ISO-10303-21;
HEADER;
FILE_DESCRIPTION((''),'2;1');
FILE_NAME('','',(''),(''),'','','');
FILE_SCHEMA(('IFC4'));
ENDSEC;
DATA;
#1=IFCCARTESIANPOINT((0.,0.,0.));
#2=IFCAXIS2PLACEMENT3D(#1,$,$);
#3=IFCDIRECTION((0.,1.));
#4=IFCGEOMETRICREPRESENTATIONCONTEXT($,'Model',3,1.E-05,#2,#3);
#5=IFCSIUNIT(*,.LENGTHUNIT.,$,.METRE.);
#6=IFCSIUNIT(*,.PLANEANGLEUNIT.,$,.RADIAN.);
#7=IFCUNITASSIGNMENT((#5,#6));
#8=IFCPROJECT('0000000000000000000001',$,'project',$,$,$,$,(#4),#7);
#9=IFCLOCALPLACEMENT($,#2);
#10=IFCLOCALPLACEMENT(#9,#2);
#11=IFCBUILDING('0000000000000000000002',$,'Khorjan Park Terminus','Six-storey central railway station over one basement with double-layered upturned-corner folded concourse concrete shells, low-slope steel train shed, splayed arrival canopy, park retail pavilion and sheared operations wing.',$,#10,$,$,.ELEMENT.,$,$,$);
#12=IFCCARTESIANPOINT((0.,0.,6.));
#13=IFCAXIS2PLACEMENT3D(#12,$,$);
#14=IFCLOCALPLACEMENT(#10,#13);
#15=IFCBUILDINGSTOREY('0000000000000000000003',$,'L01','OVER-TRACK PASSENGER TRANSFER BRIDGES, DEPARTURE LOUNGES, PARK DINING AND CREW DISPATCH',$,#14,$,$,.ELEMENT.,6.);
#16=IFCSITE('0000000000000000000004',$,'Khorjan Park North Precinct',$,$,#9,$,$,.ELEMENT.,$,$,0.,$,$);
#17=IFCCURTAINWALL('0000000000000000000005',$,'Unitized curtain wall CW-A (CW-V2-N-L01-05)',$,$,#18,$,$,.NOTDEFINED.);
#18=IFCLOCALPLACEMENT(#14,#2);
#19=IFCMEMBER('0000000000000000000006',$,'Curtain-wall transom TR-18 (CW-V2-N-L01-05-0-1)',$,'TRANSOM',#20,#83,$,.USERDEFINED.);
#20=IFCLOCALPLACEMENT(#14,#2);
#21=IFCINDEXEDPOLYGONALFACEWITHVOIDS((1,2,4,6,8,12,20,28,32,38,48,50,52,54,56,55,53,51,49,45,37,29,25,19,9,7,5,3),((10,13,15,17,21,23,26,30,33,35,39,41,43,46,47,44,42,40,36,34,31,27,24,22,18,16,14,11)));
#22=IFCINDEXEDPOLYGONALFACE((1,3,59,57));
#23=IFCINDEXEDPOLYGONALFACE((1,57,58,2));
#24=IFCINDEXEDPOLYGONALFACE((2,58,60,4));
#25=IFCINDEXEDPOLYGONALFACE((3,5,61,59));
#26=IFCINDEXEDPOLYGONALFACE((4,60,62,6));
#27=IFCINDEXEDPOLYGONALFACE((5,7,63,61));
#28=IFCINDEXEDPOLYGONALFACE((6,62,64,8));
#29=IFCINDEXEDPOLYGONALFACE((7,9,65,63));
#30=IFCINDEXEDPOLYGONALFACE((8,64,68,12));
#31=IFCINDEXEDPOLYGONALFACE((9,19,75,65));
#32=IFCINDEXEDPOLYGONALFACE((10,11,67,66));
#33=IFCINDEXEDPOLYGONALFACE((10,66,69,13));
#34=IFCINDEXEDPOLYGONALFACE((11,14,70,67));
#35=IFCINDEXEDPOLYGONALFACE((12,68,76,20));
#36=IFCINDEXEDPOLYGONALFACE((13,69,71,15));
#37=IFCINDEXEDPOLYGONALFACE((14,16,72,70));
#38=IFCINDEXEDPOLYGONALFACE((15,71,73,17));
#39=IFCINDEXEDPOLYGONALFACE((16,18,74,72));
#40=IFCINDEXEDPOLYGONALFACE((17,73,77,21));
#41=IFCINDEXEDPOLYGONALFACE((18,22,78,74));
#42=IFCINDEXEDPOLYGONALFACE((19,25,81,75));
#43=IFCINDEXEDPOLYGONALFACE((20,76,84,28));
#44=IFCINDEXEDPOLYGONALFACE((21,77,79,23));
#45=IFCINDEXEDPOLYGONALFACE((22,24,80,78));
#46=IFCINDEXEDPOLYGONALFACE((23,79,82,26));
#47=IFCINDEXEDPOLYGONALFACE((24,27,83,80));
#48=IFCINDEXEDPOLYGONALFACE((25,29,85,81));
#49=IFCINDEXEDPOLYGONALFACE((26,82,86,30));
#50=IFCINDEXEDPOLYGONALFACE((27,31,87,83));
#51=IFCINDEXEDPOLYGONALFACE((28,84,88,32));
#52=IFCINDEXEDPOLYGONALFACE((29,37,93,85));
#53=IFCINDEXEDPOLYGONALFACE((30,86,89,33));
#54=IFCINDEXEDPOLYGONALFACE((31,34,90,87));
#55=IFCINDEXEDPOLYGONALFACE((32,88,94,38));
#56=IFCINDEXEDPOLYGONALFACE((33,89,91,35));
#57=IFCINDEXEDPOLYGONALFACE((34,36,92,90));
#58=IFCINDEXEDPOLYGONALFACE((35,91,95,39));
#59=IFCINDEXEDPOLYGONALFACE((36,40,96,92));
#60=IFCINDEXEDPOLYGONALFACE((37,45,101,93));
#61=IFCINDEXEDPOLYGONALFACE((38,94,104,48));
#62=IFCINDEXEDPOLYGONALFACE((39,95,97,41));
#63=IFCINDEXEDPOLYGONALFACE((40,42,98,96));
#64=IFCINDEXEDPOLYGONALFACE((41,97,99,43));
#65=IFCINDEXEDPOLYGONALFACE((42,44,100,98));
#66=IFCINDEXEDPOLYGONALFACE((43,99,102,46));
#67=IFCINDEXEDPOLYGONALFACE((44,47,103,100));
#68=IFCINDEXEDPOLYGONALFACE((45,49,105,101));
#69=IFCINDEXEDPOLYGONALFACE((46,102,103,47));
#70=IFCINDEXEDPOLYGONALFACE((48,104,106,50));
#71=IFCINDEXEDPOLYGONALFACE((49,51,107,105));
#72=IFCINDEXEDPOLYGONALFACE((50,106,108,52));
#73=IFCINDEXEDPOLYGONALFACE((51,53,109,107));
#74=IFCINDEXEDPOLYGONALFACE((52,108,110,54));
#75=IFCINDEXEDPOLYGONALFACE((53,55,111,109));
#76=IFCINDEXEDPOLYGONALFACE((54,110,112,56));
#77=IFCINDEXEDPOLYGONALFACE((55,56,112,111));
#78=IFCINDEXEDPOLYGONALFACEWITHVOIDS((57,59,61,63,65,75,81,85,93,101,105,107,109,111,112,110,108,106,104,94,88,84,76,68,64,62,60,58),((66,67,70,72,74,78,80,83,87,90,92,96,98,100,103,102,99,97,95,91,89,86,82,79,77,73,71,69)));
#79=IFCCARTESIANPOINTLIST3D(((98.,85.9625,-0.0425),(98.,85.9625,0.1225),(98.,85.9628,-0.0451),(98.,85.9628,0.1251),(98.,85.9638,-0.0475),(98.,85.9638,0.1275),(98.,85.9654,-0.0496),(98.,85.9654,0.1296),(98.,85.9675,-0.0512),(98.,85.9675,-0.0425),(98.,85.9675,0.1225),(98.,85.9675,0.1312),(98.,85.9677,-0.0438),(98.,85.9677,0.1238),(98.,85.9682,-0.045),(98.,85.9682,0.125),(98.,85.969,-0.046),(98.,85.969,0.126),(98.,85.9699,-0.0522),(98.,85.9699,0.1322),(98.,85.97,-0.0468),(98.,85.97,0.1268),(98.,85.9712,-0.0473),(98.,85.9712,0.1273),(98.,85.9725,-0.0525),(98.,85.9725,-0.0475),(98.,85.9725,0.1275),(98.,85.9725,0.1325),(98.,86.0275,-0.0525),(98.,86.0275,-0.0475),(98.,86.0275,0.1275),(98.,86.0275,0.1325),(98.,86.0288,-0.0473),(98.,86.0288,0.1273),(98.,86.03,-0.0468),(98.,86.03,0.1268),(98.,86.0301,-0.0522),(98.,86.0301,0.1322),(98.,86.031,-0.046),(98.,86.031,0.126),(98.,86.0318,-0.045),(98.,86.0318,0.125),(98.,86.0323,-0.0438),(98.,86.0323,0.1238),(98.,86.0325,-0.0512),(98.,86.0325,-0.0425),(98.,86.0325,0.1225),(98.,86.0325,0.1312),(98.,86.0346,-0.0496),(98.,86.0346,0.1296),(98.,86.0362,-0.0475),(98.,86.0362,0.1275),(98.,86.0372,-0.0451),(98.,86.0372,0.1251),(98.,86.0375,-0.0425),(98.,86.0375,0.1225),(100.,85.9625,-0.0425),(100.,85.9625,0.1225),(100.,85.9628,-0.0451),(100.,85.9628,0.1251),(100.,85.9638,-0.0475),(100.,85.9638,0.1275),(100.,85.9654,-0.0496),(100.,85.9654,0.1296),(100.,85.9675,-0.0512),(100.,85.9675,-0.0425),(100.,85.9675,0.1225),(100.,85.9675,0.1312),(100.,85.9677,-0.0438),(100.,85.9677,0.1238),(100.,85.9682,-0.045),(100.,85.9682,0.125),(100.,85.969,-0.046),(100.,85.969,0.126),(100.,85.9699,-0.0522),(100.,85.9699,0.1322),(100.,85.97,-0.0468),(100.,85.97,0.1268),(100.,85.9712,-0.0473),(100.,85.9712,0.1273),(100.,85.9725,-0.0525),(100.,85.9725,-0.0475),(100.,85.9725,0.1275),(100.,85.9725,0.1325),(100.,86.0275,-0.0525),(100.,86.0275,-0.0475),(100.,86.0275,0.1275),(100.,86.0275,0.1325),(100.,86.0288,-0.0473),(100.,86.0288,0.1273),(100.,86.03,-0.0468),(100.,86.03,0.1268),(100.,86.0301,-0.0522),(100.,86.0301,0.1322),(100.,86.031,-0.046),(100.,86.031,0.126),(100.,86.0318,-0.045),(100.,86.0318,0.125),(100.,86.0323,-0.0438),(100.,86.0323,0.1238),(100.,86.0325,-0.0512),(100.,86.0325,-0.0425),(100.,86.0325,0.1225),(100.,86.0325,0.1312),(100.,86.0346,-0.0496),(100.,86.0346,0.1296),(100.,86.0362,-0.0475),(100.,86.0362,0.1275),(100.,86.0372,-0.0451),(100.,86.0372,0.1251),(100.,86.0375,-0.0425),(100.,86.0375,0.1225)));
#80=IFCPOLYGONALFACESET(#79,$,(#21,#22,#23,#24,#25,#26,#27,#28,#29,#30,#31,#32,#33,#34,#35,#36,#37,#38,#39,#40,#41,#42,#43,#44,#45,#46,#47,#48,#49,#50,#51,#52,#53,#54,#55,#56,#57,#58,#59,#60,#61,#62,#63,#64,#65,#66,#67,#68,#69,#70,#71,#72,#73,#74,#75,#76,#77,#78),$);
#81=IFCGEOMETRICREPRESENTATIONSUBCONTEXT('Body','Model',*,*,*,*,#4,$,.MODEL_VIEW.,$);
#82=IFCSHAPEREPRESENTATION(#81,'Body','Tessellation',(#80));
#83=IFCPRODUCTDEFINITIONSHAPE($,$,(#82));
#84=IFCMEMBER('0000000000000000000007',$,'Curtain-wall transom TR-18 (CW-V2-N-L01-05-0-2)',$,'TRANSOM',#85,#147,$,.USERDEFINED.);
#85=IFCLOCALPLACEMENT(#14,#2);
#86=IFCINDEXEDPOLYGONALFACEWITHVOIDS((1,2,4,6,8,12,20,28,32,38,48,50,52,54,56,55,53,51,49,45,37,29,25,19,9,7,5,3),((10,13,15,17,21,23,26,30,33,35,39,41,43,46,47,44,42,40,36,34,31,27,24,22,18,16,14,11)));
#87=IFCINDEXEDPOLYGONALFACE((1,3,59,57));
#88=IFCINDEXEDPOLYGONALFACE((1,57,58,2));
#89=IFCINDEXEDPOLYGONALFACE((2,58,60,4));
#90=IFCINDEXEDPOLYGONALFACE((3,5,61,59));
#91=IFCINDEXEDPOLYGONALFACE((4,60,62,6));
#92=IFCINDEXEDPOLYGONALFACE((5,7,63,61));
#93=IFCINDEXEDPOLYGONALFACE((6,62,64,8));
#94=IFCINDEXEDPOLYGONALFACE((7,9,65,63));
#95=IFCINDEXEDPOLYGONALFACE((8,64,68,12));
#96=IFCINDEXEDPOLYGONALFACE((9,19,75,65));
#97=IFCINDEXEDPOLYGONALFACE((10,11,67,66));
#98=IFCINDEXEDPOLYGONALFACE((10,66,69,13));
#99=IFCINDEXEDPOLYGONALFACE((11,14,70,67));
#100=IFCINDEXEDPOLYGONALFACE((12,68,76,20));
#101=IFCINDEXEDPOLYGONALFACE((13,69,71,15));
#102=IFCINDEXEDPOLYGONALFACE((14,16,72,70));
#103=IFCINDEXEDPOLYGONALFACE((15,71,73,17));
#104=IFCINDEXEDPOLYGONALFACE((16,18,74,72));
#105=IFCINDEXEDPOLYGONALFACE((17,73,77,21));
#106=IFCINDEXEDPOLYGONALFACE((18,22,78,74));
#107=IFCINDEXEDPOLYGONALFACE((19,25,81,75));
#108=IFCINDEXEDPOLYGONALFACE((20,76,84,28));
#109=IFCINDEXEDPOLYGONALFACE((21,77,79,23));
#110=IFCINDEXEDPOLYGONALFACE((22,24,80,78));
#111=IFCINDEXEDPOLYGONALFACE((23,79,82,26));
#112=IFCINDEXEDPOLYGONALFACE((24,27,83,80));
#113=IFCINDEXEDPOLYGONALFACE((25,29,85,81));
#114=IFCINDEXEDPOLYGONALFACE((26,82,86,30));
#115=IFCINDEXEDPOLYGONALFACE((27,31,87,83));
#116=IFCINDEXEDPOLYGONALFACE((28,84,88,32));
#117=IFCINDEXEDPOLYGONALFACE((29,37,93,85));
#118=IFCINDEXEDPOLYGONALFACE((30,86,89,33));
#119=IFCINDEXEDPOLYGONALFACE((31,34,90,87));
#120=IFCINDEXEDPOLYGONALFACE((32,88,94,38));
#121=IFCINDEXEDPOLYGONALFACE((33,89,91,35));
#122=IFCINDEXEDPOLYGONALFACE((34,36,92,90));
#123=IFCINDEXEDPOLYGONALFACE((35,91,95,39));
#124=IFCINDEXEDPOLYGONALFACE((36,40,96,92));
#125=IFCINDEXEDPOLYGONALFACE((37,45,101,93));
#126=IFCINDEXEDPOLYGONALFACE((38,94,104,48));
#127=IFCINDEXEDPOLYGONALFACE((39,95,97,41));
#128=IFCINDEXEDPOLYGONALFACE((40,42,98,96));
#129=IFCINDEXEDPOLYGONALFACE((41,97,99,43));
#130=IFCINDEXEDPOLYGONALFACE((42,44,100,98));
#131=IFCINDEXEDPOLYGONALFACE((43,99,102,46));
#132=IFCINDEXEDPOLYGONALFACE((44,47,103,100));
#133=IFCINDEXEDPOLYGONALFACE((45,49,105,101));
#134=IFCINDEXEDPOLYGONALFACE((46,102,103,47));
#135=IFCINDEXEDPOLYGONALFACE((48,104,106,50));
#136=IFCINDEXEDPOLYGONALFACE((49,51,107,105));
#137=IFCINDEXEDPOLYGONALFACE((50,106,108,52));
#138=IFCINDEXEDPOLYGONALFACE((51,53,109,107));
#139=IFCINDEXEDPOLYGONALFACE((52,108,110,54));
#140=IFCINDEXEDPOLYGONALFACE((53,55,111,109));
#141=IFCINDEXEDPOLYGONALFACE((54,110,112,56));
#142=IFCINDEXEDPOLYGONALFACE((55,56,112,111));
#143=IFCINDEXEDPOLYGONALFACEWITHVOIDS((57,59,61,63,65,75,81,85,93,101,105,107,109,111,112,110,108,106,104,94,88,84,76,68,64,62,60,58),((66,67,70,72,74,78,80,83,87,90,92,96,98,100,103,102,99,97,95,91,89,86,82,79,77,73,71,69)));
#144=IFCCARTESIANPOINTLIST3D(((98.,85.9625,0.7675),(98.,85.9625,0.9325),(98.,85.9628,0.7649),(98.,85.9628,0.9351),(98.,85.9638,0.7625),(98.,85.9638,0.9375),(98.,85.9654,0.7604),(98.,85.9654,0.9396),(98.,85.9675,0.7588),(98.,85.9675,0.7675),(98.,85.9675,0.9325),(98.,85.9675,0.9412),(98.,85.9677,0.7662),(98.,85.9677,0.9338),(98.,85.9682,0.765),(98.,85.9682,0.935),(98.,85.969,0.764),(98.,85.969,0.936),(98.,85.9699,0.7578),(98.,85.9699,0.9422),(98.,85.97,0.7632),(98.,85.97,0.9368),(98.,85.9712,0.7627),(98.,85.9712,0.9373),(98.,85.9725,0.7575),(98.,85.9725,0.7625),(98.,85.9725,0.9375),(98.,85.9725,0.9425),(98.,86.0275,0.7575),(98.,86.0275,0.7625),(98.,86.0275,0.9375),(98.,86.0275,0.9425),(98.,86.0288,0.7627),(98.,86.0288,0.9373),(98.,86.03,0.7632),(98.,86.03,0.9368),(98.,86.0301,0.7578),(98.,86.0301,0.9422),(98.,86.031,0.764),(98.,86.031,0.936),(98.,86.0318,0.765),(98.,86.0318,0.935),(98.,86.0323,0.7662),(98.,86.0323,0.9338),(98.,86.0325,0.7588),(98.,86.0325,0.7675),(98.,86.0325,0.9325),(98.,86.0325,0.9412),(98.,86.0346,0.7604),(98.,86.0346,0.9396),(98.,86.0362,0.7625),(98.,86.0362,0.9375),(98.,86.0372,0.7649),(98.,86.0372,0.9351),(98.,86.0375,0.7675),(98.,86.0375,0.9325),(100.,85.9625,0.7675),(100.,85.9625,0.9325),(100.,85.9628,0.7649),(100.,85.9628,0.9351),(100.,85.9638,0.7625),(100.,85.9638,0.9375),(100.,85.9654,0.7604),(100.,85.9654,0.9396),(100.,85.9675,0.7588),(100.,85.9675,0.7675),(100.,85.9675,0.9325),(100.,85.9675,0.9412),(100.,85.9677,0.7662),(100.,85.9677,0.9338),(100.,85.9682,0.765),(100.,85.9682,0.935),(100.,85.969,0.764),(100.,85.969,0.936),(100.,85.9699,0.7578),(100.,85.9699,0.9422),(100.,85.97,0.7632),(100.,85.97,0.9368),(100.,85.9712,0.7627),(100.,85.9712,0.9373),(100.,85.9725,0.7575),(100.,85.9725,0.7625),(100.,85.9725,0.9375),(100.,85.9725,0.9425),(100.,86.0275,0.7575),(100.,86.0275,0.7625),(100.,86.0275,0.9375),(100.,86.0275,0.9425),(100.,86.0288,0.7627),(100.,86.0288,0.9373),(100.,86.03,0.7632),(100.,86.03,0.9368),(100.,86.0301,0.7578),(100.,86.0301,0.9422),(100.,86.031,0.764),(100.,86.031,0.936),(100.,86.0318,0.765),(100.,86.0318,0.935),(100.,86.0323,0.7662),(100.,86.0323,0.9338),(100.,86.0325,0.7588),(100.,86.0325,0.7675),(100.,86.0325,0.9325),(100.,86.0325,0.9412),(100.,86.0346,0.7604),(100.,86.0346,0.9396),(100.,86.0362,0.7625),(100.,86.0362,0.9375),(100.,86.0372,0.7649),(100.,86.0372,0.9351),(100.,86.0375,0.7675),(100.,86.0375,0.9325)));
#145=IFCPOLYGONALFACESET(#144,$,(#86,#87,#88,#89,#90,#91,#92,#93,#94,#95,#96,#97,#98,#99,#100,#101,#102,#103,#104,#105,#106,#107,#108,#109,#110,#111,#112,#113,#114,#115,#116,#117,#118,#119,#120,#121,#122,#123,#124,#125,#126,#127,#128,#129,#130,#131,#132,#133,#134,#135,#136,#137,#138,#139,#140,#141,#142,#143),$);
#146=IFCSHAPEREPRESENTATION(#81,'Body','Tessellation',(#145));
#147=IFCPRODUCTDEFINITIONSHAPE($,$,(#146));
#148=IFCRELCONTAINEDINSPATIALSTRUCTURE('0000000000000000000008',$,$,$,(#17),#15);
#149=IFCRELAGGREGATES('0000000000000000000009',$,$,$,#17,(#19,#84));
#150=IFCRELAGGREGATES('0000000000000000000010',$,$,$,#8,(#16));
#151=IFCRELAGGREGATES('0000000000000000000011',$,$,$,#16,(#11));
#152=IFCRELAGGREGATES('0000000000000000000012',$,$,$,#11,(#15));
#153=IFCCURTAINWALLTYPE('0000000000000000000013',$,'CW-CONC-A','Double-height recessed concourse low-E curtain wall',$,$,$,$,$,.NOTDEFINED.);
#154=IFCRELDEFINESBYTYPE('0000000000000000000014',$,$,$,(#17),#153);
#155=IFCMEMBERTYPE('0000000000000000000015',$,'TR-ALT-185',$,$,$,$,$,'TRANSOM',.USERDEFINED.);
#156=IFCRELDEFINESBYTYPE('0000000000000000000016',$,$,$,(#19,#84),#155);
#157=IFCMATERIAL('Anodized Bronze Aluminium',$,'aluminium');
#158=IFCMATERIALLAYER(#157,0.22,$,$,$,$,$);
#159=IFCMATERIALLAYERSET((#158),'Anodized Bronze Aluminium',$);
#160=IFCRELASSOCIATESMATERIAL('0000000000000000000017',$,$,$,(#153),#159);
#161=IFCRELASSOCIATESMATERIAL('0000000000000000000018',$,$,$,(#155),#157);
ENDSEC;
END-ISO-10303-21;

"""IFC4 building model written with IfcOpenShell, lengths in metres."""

from ifc_helpers import new_model, si_unit, direction, frame, origin, origin_2d, place, context, subcontext, project, spatial, hollow_rectangle, extrude, material, layer, layer_set, material_profile, profile_set, type_object, element, aggregate, save


model = new_model("IFC4")

# Units and contexts
model_context = context("Model", 3, precision=1e-05, world=origin(), true_north=direction((0.0, 1.0)))
body_context = subcontext(model_context, "Body", "Model", "MODEL_VIEW")
ifc_project = project(units=[si_unit("LENGTHUNIT", "METRE"), si_unit("PLANEANGLEUNIT", "RADIAN")], contexts=[model_context])

# Site, building, storey
site_placement = place(None, origin())
site = spatial("IfcSite", under=ifc_project, at=site_placement, Name="Khorjan Park North Precinct", CompositionType="ELEMENT", RefElevation=0.0)
building_placement = place(site_placement, origin())
building = spatial("IfcBuilding", under=site, at=building_placement, Name="Khorjan Park Terminus", Description="Six-storey central railway station over one basement with double-layered upturned-corner folded concourse concrete shells, low-slope steel train shed, splayed arrival canopy, park retail pavilion and sheared operations wing.", CompositionType="ELEMENT")
storey_placement = place(building_placement, frame((0.0, 0.0, 6.0)))
storey = spatial("IfcBuildingStorey", under=building, at=storey_placement, Name="L01", Description="OVER-TRACK PASSENGER TRANSFER BRIDGES, DEPARTURE LOUNGES, PARK DINING AND CREW DISPATCH", CompositionType="ELEMENT", Elevation=6.0)

# Curtain wall
ifc_material_1 = material(Name="Anodized Bronze Aluminium", Category="aluminium")
ifc_layer_1 = layer(ifc_material_1, 0.22)
ifc_layer_set_1 = layer_set([ifc_layer_1], Name="Anodized Bronze Aluminium")
curtain_wall_type = type_object("IfcCurtainWallType", Name="CW-CONC-A", Description="Double-height recessed concourse low-E curtain wall", PredefinedType="NOTDEFINED", material=ifc_layer_set_1)
curtain_wall_1_placement = place(storey_placement, origin())
curtain_wall_1 = element("IfcCurtainWall", 1, at=curtain_wall_1_placement, inside=storey, type_object=curtain_wall_type, Name="Unitized curtain wall CW-A (CW-V2-N-L01-05)", PredefinedType="NOTDEFINED")

# Members
ifc_material_profile_1 = material_profile(ifc_material_1, hollow_rectangle(XDim=0.075, YDim=0.185, WallThickness=0.005, InnerFilletRadius=0.005, OuterFilletRadius=0.01, at=origin_2d()), Name="ALT 75x185x5")
ifc_profile_set_1 = profile_set([ifc_material_profile_1], Name="Anodized Bronze Aluminium")
member_type_1 = type_object("IfcMemberType", Name="TR-ALT-185", ElementType="TRANSOM", PredefinedType="USERDEFINED", material=ifc_profile_set_1)
member_1_placement = place(storey_placement, frame((100.0, 86.0, 0.04), z_axis=(-1.0, 0.0, 0.0), x_axis=(0.0, -1.0, 0.0)))
member_1 = element("IfcMember", 2, at=member_1_placement, type_object=member_type_1, Name="Curtain-wall transom TR-18 (CW-V2-N-L01-05-0-1)", ObjectType="TRANSOM", PredefinedType="USERDEFINED", context=body_context, shape_type="SweptSolid", body=[
    extrude(hollow_rectangle(XDim=0.075, YDim=0.185, WallThickness=0.005, InnerFilletRadius=0.005, OuterFilletRadius=0.01, at=origin_2d()), origin(), (0.0, 0.0, 1.0), 2.0),
])
member_2_placement = place(storey_placement, frame((100.0, 86.0, 0.85), z_axis=(-1.0, 0.0, 0.0), x_axis=(0.0, -1.0, 0.0)))
member_2 = element("IfcMember", 3, at=member_2_placement, type_object=member_type_1, Name="Curtain-wall transom TR-18 (CW-V2-N-L01-05-0-2)", ObjectType="TRANSOM", PredefinedType="USERDEFINED", context=body_context, shape_type="SweptSolid", body=[
    extrude(hollow_rectangle(XDim=0.075, YDim=0.185, WallThickness=0.005, InnerFilletRadius=0.005, OuterFilletRadius=0.01, at=origin_2d()), origin(), (0.0, 0.0, 1.0), 2.0),
])

aggregate(curtain_wall_1, [member_1, member_2])

save(model, "model.ifc")
